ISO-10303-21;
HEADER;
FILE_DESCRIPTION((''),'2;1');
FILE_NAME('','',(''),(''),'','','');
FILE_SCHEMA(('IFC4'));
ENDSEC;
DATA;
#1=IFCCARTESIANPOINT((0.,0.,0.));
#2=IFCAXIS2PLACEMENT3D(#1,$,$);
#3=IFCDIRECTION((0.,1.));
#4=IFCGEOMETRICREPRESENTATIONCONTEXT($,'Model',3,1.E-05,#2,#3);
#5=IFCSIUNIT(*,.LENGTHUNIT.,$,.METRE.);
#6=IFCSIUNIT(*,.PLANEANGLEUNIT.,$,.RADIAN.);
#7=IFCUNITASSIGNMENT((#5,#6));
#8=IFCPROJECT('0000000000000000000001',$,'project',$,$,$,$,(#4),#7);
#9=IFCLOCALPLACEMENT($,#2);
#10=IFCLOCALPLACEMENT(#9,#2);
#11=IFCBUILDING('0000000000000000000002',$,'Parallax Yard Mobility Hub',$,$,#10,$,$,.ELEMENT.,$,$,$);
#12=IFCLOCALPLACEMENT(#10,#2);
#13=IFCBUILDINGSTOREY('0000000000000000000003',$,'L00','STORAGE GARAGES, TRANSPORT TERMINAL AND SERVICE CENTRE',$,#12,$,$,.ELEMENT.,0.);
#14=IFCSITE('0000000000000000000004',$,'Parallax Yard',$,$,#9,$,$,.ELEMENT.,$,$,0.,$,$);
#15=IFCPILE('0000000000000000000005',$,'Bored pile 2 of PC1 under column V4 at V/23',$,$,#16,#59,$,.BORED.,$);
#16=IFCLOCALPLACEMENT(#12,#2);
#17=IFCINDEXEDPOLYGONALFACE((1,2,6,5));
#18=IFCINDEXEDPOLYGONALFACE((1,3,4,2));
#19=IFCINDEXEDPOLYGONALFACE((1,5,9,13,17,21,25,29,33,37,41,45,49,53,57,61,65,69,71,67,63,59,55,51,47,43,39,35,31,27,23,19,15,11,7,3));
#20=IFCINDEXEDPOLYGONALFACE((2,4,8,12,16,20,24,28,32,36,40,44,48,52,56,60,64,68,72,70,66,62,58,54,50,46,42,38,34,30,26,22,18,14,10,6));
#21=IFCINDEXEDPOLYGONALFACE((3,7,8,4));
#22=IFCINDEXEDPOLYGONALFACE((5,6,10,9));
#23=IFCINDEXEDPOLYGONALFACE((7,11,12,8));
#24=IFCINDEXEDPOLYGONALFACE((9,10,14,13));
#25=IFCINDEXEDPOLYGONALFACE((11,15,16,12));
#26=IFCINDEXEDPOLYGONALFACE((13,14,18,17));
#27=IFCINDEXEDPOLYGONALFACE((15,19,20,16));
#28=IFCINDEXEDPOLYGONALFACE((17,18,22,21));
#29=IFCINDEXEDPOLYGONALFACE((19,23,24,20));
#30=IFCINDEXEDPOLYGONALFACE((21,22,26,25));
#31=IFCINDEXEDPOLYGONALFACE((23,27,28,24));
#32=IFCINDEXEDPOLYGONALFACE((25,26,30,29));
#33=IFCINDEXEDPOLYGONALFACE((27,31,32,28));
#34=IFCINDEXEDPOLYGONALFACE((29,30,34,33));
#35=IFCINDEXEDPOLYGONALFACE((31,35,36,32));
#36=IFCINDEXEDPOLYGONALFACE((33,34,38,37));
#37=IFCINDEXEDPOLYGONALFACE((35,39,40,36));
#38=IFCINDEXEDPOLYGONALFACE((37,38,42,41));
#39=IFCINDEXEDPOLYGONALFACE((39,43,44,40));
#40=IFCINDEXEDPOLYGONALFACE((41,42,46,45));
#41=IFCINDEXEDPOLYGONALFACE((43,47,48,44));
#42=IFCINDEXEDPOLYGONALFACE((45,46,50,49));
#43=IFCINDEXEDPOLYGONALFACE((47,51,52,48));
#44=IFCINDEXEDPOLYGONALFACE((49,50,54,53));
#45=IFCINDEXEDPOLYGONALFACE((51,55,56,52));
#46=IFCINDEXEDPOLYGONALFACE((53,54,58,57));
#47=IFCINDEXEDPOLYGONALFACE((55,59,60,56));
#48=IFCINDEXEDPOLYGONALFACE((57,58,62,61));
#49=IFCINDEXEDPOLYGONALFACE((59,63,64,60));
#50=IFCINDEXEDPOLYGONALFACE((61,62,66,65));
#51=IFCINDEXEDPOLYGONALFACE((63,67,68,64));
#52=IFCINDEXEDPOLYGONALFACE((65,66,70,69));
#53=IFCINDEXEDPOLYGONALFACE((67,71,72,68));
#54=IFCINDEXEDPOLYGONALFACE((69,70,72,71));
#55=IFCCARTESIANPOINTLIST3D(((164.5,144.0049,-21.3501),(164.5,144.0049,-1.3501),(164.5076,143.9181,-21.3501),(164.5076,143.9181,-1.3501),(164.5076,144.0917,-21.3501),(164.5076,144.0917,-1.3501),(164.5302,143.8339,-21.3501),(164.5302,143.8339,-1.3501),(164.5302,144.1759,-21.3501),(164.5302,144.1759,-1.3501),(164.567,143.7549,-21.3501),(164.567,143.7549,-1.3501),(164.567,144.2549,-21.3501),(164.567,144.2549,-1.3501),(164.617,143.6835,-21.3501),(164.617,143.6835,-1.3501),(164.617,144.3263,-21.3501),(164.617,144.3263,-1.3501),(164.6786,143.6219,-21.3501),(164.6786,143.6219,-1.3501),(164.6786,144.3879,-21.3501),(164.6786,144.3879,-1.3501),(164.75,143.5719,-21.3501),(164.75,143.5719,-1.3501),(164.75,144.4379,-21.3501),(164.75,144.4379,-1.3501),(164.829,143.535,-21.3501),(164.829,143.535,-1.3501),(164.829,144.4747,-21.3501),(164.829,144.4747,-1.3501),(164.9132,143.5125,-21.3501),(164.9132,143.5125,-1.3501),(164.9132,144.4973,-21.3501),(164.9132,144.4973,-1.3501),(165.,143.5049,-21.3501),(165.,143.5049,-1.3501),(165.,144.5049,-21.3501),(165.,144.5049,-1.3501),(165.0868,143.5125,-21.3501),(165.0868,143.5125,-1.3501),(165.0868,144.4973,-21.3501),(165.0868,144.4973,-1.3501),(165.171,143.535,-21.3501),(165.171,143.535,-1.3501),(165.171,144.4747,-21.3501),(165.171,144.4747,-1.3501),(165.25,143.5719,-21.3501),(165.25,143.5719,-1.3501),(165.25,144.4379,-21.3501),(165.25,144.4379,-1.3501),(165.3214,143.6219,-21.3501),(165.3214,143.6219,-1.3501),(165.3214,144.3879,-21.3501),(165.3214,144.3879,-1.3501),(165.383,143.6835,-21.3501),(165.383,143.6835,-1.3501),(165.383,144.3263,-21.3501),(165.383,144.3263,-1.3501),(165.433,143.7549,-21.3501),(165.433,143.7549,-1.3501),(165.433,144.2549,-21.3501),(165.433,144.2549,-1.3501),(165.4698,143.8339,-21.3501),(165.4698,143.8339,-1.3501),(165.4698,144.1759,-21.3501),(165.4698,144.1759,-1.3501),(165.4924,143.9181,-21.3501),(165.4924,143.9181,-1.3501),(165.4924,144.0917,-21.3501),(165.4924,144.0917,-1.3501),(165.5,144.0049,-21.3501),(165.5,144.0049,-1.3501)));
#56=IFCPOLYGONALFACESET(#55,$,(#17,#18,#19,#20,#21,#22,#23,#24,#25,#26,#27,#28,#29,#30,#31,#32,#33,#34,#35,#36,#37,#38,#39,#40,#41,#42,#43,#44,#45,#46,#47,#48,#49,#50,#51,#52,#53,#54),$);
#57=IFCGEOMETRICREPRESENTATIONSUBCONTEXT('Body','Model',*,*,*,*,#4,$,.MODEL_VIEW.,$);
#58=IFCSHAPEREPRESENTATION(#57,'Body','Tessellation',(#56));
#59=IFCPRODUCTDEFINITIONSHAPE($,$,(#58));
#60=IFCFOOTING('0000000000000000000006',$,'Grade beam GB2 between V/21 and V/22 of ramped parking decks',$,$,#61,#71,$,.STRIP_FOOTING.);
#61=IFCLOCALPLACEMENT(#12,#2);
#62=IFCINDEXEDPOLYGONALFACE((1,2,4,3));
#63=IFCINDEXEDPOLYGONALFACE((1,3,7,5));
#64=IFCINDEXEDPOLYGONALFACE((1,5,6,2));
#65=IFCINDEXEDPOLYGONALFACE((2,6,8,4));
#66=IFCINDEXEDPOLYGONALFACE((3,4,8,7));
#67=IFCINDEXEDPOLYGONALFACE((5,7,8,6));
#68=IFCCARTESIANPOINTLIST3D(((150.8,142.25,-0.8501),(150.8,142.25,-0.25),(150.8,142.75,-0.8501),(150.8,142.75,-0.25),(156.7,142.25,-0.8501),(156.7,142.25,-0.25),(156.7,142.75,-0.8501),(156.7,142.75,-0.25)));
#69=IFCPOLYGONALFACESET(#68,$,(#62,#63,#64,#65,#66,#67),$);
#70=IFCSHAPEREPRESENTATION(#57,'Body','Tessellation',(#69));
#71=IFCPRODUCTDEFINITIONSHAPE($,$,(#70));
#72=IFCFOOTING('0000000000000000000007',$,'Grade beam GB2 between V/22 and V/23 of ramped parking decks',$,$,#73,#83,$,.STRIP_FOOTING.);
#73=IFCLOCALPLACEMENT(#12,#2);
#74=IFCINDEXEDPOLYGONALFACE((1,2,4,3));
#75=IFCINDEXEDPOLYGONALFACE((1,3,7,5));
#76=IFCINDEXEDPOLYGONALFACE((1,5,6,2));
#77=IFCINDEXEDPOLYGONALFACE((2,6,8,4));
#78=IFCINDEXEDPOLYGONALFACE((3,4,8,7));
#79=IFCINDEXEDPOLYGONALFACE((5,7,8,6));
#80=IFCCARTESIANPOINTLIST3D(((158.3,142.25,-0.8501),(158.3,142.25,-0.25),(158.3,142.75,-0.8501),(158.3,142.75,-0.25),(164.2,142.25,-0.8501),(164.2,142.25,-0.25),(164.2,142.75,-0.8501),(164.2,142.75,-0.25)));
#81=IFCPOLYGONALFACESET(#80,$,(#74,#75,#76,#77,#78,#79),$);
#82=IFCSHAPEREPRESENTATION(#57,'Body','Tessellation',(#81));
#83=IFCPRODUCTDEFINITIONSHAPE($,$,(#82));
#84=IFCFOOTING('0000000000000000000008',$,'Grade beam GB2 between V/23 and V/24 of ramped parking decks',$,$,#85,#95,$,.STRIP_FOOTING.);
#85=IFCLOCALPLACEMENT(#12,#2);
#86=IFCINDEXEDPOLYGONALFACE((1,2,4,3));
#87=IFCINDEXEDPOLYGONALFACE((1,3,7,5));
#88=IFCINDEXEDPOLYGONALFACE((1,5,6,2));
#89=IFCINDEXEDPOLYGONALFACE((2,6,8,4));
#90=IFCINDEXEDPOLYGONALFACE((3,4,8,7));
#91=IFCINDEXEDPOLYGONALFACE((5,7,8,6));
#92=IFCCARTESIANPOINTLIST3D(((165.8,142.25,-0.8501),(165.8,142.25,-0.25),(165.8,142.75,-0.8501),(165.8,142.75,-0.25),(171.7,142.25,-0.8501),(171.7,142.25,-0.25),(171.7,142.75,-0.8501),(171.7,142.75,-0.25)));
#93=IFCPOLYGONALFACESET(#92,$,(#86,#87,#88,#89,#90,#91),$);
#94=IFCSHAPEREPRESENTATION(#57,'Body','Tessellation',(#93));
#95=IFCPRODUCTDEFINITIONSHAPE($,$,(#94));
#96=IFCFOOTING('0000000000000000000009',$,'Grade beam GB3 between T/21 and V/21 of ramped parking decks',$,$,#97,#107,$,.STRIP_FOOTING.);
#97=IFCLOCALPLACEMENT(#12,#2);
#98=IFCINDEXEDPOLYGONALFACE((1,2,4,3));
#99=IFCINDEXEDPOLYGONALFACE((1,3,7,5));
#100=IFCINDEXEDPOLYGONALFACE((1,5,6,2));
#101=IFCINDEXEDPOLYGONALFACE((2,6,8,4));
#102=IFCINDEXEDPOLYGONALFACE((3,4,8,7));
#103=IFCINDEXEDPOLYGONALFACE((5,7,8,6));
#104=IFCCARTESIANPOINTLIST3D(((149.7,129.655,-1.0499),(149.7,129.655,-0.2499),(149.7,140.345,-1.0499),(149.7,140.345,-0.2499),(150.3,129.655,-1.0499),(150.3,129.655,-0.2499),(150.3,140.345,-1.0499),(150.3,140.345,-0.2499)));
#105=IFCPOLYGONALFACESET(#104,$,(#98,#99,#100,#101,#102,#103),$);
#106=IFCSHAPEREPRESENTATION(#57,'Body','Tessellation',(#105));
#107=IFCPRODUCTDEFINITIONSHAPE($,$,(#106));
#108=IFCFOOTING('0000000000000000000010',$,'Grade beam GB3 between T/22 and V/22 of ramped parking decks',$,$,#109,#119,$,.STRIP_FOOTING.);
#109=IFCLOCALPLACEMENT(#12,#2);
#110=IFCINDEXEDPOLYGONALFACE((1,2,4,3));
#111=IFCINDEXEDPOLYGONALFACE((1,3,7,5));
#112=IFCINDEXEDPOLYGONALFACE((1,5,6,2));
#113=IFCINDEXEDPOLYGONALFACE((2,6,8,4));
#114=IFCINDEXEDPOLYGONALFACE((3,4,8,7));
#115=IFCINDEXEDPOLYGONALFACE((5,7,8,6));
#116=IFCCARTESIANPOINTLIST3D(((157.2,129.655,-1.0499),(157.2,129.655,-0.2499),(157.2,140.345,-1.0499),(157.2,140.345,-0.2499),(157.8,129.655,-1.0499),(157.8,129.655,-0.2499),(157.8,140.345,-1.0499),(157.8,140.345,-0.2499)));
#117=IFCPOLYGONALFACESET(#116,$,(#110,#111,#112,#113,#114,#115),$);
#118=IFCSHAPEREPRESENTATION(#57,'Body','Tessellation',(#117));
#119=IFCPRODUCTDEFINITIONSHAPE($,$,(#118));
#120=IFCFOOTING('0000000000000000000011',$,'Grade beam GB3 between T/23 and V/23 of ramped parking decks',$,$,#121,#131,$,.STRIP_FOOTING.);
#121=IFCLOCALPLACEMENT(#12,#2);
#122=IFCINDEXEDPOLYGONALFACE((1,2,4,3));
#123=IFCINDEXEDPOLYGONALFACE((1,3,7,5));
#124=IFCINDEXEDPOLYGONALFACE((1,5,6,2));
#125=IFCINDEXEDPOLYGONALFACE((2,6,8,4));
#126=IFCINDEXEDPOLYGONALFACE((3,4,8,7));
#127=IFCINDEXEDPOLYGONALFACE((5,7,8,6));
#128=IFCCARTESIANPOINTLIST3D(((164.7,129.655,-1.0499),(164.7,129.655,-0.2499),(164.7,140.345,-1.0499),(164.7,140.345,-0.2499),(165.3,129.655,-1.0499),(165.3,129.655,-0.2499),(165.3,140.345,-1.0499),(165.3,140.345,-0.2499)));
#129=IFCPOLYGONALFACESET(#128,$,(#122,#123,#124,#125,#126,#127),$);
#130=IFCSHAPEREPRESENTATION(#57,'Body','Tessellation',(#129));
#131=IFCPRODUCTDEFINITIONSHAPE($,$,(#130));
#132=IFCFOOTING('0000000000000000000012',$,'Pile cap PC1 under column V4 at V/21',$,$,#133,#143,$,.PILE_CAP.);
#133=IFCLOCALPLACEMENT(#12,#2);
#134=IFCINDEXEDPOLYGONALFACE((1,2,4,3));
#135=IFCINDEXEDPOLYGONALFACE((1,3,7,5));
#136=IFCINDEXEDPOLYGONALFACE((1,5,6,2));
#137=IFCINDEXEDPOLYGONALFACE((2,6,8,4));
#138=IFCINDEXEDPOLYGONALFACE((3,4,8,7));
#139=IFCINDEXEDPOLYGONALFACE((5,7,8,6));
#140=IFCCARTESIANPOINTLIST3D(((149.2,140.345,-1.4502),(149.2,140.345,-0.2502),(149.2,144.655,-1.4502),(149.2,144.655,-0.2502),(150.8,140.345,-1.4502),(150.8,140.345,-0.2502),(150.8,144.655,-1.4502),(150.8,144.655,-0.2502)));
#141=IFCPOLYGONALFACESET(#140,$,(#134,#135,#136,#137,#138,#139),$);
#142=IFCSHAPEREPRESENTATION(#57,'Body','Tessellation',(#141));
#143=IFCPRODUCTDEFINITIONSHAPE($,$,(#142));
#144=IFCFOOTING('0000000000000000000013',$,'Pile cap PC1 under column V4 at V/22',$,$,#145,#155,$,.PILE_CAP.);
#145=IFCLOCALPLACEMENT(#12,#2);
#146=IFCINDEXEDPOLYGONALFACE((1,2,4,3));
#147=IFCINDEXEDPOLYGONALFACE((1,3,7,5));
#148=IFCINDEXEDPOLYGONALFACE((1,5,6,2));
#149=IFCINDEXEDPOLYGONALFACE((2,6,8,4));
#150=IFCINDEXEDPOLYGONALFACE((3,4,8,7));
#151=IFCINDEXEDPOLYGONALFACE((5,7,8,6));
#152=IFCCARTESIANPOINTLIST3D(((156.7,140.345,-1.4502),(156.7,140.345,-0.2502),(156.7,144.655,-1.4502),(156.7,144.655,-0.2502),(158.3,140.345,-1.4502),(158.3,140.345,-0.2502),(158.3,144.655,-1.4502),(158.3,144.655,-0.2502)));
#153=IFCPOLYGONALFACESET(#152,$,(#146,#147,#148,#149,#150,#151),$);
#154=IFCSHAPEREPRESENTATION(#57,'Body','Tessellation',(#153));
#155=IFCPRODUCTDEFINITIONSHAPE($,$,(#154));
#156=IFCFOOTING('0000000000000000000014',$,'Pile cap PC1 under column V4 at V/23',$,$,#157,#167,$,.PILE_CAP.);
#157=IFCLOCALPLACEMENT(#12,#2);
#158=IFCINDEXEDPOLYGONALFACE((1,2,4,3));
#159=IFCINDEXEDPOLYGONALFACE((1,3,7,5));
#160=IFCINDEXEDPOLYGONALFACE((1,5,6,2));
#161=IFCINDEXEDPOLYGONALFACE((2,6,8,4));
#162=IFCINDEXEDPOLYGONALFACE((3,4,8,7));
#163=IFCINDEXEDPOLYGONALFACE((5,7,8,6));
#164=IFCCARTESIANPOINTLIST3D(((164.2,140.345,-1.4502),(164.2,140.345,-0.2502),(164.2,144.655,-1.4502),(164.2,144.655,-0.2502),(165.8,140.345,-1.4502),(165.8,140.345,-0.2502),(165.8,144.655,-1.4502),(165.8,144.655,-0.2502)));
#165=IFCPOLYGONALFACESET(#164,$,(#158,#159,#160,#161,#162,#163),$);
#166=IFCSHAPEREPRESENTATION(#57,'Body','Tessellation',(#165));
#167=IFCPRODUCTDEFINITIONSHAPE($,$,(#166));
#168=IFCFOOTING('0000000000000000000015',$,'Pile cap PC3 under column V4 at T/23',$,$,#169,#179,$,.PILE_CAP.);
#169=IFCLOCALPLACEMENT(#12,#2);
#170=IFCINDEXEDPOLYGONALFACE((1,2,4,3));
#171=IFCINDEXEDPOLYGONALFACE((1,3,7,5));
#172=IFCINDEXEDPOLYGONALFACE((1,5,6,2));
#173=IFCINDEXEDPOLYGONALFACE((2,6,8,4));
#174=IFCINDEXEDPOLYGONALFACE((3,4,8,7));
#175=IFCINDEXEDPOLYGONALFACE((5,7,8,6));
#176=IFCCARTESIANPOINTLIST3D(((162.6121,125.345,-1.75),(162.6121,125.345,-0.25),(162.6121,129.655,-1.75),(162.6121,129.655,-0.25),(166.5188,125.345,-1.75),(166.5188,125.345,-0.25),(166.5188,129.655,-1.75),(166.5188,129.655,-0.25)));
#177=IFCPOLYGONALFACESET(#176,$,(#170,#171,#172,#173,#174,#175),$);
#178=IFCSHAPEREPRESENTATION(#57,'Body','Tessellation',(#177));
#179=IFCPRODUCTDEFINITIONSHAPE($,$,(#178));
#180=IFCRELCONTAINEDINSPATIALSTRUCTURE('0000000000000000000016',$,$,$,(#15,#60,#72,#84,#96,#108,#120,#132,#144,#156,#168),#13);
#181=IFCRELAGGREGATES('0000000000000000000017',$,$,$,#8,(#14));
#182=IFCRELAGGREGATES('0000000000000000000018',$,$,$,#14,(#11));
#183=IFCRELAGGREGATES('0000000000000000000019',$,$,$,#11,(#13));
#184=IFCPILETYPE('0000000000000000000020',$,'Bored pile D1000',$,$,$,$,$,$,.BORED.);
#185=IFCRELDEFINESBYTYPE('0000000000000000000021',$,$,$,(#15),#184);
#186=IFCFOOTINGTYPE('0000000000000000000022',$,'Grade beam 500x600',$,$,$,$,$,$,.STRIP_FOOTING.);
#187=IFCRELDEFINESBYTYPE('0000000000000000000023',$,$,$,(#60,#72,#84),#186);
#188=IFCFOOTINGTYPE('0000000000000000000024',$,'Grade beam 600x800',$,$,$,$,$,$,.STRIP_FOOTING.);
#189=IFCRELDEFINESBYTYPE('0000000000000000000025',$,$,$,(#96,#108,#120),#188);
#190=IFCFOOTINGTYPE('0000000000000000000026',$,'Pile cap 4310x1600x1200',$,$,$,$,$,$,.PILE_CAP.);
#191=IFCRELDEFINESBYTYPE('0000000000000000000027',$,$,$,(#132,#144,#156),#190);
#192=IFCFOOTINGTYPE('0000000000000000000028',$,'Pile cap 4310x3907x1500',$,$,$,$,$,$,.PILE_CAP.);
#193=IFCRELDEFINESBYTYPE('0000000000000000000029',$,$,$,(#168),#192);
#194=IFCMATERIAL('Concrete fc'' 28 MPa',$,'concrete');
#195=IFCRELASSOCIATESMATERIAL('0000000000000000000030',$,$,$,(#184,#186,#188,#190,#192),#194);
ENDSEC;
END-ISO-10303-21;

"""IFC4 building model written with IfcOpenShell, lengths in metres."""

from ifc_helpers import new_model, si_unit, direction, frame, origin, origin_2d, place, context, subcontext, project, spatial, rectangle, circle, extrude, material, material_profile, profile_set, type_object, element, save


model = new_model("IFC4")

# Units and contexts
model_context = context("Model", 3, precision=1e-05, world=origin(), true_north=direction((0.0, 1.0)))
body_context = subcontext(model_context, "Body", "Model", "MODEL_VIEW")
ifc_project = project(units=[si_unit("LENGTHUNIT", "METRE"), si_unit("PLANEANGLEUNIT", "RADIAN")], contexts=[model_context])

# Site, building, storey
site_placement = place(None, origin())
site = spatial("IfcSite", under=ifc_project, at=site_placement, Name="Parallax Yard", CompositionType="ELEMENT", RefElevation=0.0)
building_placement = place(site_placement, origin())
building = spatial("IfcBuilding", under=site, at=building_placement, Name="Parallax Yard Mobility Hub", CompositionType="ELEMENT")
storey_placement = place(building_placement, origin())
storey = spatial("IfcBuildingStorey", under=building, at=storey_placement, Name="L00", Description="STORAGE GARAGES, TRANSPORT TERMINAL AND SERVICE CENTRE", CompositionType="ELEMENT", Elevation=0.0)

# Pile
ifc_material_1 = material(Name="Concrete fc' 28 MPa", Category="concrete")
ifc_material_profile_1 = material_profile(ifc_material_1, circle(Radius=0.5, at=origin_2d()), Name="Bored pile D1000")
ifc_profile_set_1 = profile_set([ifc_material_profile_1], Name="Concrete fc' 28 MPa")
pile_type = type_object("IfcPileType", Name="Bored pile D1000", PredefinedType="BORED", material=ifc_profile_set_1)
for number, where, z_axis, x_axis, name in (
    (1, (165.0, 144.0049, -1.3501), (0.0, 0.0, -1.0), (1.0, 0.0, 0.0), "Bored pile 2 of PC1 under column V4 at V/23"),
):
    element("IfcPile", number, at=place(storey_placement, frame(where, z_axis=z_axis, x_axis=x_axis)), inside=storey, type_object=pile_type, Name=name, PredefinedType="BORED", context=body_context, shape_type="SweptSolid", body=[
        extrude(circle(Radius=0.5, at=origin_2d()), origin(), (0.0, 0.0, 1.0), 20.0),
    ])

# Footings
ifc_material_profile_2 = material_profile(ifc_material_1, rectangle(XDim=0.5, YDim=0.6001, at=origin_2d()), Name="Grade beam 500x600")
ifc_profile_set_2 = profile_set([ifc_material_profile_2], Name="Concrete fc' 28 MPa")
footing_type_1 = type_object("IfcFootingType", Name="Grade beam 500x600", PredefinedType="STRIP_FOOTING", material=ifc_profile_set_2)
for number, where, z_axis, x_axis, name in (
    (2, (150.8, 142.5, -0.55), (1.0, 0.0, 0.0), (0.0, 1.0, 0.0), "Grade beam GB2 between V/21 and V/22 of ramped parking decks"),
    (3, (158.3, 142.5, -0.55), (1.0, 0.0, 0.0), (0.0, 1.0, 0.0), "Grade beam GB2 between V/22 and V/23 of ramped parking decks"),
    (4, (165.8, 142.5, -0.55), (1.0, 0.0, 0.0), (0.0, 1.0, 0.0), "Grade beam GB2 between V/23 and V/24 of ramped parking decks"),
):
    element("IfcFooting", number, at=place(storey_placement, frame(where, z_axis=z_axis, x_axis=x_axis)), inside=storey, type_object=footing_type_1, Name=name, PredefinedType="STRIP_FOOTING", context=body_context, shape_type="SweptSolid", body=[
        extrude(rectangle(XDim=0.5, YDim=0.6001, at=origin_2d()), origin(), (0.0, 0.0, 1.0), 5.8999),
    ])
ifc_material_profile_3 = material_profile(ifc_material_1, rectangle(XDim=0.6001, YDim=0.8, at=origin_2d()), Name="Grade beam 600x800")
ifc_profile_set_3 = profile_set([ifc_material_profile_3], Name="Concrete fc' 28 MPa")
footing_type_2 = type_object("IfcFootingType", Name="Grade beam 600x800", PredefinedType="STRIP_FOOTING", material=ifc_profile_set_3)
for number, where, z_axis, x_axis, name in (
    (5, (150.0, 129.655, -0.6499), (0.0, 1.0, 0.0), (-1.0, 0.0, 0.0), "Grade beam GB3 between T/21 and V/21 of ramped parking decks"),
    (6, (157.5, 129.655, -0.6499), (0.0, 1.0, 0.0), (-1.0, 0.0, 0.0), "Grade beam GB3 between T/22 and V/22 of ramped parking decks"),
    (7, (165.0, 129.655, -0.6499), (0.0, 1.0, 0.0), (-1.0, 0.0, 0.0), "Grade beam GB3 between T/23 and V/23 of ramped parking decks"),
):
    element("IfcFooting", number, at=place(storey_placement, frame(where, z_axis=z_axis, x_axis=x_axis)), inside=storey, type_object=footing_type_2, Name=name, PredefinedType="STRIP_FOOTING", context=body_context, shape_type="SweptSolid", body=[
        extrude(rectangle(XDim=0.6001, YDim=0.8, at=origin_2d()), origin(), (0.0, 0.0, 1.0), 10.6899),
    ])
footing_type_3 = type_object("IfcFootingType", Name="Pile cap 4310x1600x1200", PredefinedType="PILE_CAP", material=ifc_material_1)
for number, where, z_axis, x_axis, name in (
    (8, (150.0, 142.5, -1.4502), (0.0, 0.0, 1.0), (0.0, 1.0, 0.0), "Pile cap PC1 under column V4 at V/21"),
    (9, (157.5, 142.5, -1.4502), (0.0, 0.0, 1.0), (0.0, 1.0, 0.0), "Pile cap PC1 under column V4 at V/22"),
    (10, (165.0, 142.5, -1.4502), (0.0, 0.0, 1.0), (0.0, 1.0, 0.0), "Pile cap PC1 under column V4 at V/23"),
):
    element("IfcFooting", number, at=place(storey_placement, frame(where, z_axis=z_axis, x_axis=x_axis)), inside=storey, type_object=footing_type_3, Name=name, PredefinedType="PILE_CAP", context=body_context, shape_type="SweptSolid", body=[
        extrude(rectangle(XDim=4.3101, YDim=1.6001, at=origin_2d()), origin(), (0.0, 0.0, 1.0), 1.2),
    ])
footing_type_4 = type_object("IfcFootingType", Name="Pile cap 4310x3907x1500", PredefinedType="PILE_CAP", material=ifc_material_1)
footing_placement = place(storey_placement, frame((164.5654, 127.5, -1.75), z_axis=(0.0, 0.0, 1.0), x_axis=(0.0, 1.0, 0.0)))
element("IfcFooting", 11, at=footing_placement, inside=storey, type_object=footing_type_4, Name="Pile cap PC3 under column V4 at T/23", PredefinedType="PILE_CAP", context=body_context, shape_type="SweptSolid", body=[
    extrude(rectangle(XDim=4.3101, YDim=3.9067, at=origin_2d()), origin(), (0.0, 0.0, 1.0), 1.5),
])

save(model, "model.ifc")
